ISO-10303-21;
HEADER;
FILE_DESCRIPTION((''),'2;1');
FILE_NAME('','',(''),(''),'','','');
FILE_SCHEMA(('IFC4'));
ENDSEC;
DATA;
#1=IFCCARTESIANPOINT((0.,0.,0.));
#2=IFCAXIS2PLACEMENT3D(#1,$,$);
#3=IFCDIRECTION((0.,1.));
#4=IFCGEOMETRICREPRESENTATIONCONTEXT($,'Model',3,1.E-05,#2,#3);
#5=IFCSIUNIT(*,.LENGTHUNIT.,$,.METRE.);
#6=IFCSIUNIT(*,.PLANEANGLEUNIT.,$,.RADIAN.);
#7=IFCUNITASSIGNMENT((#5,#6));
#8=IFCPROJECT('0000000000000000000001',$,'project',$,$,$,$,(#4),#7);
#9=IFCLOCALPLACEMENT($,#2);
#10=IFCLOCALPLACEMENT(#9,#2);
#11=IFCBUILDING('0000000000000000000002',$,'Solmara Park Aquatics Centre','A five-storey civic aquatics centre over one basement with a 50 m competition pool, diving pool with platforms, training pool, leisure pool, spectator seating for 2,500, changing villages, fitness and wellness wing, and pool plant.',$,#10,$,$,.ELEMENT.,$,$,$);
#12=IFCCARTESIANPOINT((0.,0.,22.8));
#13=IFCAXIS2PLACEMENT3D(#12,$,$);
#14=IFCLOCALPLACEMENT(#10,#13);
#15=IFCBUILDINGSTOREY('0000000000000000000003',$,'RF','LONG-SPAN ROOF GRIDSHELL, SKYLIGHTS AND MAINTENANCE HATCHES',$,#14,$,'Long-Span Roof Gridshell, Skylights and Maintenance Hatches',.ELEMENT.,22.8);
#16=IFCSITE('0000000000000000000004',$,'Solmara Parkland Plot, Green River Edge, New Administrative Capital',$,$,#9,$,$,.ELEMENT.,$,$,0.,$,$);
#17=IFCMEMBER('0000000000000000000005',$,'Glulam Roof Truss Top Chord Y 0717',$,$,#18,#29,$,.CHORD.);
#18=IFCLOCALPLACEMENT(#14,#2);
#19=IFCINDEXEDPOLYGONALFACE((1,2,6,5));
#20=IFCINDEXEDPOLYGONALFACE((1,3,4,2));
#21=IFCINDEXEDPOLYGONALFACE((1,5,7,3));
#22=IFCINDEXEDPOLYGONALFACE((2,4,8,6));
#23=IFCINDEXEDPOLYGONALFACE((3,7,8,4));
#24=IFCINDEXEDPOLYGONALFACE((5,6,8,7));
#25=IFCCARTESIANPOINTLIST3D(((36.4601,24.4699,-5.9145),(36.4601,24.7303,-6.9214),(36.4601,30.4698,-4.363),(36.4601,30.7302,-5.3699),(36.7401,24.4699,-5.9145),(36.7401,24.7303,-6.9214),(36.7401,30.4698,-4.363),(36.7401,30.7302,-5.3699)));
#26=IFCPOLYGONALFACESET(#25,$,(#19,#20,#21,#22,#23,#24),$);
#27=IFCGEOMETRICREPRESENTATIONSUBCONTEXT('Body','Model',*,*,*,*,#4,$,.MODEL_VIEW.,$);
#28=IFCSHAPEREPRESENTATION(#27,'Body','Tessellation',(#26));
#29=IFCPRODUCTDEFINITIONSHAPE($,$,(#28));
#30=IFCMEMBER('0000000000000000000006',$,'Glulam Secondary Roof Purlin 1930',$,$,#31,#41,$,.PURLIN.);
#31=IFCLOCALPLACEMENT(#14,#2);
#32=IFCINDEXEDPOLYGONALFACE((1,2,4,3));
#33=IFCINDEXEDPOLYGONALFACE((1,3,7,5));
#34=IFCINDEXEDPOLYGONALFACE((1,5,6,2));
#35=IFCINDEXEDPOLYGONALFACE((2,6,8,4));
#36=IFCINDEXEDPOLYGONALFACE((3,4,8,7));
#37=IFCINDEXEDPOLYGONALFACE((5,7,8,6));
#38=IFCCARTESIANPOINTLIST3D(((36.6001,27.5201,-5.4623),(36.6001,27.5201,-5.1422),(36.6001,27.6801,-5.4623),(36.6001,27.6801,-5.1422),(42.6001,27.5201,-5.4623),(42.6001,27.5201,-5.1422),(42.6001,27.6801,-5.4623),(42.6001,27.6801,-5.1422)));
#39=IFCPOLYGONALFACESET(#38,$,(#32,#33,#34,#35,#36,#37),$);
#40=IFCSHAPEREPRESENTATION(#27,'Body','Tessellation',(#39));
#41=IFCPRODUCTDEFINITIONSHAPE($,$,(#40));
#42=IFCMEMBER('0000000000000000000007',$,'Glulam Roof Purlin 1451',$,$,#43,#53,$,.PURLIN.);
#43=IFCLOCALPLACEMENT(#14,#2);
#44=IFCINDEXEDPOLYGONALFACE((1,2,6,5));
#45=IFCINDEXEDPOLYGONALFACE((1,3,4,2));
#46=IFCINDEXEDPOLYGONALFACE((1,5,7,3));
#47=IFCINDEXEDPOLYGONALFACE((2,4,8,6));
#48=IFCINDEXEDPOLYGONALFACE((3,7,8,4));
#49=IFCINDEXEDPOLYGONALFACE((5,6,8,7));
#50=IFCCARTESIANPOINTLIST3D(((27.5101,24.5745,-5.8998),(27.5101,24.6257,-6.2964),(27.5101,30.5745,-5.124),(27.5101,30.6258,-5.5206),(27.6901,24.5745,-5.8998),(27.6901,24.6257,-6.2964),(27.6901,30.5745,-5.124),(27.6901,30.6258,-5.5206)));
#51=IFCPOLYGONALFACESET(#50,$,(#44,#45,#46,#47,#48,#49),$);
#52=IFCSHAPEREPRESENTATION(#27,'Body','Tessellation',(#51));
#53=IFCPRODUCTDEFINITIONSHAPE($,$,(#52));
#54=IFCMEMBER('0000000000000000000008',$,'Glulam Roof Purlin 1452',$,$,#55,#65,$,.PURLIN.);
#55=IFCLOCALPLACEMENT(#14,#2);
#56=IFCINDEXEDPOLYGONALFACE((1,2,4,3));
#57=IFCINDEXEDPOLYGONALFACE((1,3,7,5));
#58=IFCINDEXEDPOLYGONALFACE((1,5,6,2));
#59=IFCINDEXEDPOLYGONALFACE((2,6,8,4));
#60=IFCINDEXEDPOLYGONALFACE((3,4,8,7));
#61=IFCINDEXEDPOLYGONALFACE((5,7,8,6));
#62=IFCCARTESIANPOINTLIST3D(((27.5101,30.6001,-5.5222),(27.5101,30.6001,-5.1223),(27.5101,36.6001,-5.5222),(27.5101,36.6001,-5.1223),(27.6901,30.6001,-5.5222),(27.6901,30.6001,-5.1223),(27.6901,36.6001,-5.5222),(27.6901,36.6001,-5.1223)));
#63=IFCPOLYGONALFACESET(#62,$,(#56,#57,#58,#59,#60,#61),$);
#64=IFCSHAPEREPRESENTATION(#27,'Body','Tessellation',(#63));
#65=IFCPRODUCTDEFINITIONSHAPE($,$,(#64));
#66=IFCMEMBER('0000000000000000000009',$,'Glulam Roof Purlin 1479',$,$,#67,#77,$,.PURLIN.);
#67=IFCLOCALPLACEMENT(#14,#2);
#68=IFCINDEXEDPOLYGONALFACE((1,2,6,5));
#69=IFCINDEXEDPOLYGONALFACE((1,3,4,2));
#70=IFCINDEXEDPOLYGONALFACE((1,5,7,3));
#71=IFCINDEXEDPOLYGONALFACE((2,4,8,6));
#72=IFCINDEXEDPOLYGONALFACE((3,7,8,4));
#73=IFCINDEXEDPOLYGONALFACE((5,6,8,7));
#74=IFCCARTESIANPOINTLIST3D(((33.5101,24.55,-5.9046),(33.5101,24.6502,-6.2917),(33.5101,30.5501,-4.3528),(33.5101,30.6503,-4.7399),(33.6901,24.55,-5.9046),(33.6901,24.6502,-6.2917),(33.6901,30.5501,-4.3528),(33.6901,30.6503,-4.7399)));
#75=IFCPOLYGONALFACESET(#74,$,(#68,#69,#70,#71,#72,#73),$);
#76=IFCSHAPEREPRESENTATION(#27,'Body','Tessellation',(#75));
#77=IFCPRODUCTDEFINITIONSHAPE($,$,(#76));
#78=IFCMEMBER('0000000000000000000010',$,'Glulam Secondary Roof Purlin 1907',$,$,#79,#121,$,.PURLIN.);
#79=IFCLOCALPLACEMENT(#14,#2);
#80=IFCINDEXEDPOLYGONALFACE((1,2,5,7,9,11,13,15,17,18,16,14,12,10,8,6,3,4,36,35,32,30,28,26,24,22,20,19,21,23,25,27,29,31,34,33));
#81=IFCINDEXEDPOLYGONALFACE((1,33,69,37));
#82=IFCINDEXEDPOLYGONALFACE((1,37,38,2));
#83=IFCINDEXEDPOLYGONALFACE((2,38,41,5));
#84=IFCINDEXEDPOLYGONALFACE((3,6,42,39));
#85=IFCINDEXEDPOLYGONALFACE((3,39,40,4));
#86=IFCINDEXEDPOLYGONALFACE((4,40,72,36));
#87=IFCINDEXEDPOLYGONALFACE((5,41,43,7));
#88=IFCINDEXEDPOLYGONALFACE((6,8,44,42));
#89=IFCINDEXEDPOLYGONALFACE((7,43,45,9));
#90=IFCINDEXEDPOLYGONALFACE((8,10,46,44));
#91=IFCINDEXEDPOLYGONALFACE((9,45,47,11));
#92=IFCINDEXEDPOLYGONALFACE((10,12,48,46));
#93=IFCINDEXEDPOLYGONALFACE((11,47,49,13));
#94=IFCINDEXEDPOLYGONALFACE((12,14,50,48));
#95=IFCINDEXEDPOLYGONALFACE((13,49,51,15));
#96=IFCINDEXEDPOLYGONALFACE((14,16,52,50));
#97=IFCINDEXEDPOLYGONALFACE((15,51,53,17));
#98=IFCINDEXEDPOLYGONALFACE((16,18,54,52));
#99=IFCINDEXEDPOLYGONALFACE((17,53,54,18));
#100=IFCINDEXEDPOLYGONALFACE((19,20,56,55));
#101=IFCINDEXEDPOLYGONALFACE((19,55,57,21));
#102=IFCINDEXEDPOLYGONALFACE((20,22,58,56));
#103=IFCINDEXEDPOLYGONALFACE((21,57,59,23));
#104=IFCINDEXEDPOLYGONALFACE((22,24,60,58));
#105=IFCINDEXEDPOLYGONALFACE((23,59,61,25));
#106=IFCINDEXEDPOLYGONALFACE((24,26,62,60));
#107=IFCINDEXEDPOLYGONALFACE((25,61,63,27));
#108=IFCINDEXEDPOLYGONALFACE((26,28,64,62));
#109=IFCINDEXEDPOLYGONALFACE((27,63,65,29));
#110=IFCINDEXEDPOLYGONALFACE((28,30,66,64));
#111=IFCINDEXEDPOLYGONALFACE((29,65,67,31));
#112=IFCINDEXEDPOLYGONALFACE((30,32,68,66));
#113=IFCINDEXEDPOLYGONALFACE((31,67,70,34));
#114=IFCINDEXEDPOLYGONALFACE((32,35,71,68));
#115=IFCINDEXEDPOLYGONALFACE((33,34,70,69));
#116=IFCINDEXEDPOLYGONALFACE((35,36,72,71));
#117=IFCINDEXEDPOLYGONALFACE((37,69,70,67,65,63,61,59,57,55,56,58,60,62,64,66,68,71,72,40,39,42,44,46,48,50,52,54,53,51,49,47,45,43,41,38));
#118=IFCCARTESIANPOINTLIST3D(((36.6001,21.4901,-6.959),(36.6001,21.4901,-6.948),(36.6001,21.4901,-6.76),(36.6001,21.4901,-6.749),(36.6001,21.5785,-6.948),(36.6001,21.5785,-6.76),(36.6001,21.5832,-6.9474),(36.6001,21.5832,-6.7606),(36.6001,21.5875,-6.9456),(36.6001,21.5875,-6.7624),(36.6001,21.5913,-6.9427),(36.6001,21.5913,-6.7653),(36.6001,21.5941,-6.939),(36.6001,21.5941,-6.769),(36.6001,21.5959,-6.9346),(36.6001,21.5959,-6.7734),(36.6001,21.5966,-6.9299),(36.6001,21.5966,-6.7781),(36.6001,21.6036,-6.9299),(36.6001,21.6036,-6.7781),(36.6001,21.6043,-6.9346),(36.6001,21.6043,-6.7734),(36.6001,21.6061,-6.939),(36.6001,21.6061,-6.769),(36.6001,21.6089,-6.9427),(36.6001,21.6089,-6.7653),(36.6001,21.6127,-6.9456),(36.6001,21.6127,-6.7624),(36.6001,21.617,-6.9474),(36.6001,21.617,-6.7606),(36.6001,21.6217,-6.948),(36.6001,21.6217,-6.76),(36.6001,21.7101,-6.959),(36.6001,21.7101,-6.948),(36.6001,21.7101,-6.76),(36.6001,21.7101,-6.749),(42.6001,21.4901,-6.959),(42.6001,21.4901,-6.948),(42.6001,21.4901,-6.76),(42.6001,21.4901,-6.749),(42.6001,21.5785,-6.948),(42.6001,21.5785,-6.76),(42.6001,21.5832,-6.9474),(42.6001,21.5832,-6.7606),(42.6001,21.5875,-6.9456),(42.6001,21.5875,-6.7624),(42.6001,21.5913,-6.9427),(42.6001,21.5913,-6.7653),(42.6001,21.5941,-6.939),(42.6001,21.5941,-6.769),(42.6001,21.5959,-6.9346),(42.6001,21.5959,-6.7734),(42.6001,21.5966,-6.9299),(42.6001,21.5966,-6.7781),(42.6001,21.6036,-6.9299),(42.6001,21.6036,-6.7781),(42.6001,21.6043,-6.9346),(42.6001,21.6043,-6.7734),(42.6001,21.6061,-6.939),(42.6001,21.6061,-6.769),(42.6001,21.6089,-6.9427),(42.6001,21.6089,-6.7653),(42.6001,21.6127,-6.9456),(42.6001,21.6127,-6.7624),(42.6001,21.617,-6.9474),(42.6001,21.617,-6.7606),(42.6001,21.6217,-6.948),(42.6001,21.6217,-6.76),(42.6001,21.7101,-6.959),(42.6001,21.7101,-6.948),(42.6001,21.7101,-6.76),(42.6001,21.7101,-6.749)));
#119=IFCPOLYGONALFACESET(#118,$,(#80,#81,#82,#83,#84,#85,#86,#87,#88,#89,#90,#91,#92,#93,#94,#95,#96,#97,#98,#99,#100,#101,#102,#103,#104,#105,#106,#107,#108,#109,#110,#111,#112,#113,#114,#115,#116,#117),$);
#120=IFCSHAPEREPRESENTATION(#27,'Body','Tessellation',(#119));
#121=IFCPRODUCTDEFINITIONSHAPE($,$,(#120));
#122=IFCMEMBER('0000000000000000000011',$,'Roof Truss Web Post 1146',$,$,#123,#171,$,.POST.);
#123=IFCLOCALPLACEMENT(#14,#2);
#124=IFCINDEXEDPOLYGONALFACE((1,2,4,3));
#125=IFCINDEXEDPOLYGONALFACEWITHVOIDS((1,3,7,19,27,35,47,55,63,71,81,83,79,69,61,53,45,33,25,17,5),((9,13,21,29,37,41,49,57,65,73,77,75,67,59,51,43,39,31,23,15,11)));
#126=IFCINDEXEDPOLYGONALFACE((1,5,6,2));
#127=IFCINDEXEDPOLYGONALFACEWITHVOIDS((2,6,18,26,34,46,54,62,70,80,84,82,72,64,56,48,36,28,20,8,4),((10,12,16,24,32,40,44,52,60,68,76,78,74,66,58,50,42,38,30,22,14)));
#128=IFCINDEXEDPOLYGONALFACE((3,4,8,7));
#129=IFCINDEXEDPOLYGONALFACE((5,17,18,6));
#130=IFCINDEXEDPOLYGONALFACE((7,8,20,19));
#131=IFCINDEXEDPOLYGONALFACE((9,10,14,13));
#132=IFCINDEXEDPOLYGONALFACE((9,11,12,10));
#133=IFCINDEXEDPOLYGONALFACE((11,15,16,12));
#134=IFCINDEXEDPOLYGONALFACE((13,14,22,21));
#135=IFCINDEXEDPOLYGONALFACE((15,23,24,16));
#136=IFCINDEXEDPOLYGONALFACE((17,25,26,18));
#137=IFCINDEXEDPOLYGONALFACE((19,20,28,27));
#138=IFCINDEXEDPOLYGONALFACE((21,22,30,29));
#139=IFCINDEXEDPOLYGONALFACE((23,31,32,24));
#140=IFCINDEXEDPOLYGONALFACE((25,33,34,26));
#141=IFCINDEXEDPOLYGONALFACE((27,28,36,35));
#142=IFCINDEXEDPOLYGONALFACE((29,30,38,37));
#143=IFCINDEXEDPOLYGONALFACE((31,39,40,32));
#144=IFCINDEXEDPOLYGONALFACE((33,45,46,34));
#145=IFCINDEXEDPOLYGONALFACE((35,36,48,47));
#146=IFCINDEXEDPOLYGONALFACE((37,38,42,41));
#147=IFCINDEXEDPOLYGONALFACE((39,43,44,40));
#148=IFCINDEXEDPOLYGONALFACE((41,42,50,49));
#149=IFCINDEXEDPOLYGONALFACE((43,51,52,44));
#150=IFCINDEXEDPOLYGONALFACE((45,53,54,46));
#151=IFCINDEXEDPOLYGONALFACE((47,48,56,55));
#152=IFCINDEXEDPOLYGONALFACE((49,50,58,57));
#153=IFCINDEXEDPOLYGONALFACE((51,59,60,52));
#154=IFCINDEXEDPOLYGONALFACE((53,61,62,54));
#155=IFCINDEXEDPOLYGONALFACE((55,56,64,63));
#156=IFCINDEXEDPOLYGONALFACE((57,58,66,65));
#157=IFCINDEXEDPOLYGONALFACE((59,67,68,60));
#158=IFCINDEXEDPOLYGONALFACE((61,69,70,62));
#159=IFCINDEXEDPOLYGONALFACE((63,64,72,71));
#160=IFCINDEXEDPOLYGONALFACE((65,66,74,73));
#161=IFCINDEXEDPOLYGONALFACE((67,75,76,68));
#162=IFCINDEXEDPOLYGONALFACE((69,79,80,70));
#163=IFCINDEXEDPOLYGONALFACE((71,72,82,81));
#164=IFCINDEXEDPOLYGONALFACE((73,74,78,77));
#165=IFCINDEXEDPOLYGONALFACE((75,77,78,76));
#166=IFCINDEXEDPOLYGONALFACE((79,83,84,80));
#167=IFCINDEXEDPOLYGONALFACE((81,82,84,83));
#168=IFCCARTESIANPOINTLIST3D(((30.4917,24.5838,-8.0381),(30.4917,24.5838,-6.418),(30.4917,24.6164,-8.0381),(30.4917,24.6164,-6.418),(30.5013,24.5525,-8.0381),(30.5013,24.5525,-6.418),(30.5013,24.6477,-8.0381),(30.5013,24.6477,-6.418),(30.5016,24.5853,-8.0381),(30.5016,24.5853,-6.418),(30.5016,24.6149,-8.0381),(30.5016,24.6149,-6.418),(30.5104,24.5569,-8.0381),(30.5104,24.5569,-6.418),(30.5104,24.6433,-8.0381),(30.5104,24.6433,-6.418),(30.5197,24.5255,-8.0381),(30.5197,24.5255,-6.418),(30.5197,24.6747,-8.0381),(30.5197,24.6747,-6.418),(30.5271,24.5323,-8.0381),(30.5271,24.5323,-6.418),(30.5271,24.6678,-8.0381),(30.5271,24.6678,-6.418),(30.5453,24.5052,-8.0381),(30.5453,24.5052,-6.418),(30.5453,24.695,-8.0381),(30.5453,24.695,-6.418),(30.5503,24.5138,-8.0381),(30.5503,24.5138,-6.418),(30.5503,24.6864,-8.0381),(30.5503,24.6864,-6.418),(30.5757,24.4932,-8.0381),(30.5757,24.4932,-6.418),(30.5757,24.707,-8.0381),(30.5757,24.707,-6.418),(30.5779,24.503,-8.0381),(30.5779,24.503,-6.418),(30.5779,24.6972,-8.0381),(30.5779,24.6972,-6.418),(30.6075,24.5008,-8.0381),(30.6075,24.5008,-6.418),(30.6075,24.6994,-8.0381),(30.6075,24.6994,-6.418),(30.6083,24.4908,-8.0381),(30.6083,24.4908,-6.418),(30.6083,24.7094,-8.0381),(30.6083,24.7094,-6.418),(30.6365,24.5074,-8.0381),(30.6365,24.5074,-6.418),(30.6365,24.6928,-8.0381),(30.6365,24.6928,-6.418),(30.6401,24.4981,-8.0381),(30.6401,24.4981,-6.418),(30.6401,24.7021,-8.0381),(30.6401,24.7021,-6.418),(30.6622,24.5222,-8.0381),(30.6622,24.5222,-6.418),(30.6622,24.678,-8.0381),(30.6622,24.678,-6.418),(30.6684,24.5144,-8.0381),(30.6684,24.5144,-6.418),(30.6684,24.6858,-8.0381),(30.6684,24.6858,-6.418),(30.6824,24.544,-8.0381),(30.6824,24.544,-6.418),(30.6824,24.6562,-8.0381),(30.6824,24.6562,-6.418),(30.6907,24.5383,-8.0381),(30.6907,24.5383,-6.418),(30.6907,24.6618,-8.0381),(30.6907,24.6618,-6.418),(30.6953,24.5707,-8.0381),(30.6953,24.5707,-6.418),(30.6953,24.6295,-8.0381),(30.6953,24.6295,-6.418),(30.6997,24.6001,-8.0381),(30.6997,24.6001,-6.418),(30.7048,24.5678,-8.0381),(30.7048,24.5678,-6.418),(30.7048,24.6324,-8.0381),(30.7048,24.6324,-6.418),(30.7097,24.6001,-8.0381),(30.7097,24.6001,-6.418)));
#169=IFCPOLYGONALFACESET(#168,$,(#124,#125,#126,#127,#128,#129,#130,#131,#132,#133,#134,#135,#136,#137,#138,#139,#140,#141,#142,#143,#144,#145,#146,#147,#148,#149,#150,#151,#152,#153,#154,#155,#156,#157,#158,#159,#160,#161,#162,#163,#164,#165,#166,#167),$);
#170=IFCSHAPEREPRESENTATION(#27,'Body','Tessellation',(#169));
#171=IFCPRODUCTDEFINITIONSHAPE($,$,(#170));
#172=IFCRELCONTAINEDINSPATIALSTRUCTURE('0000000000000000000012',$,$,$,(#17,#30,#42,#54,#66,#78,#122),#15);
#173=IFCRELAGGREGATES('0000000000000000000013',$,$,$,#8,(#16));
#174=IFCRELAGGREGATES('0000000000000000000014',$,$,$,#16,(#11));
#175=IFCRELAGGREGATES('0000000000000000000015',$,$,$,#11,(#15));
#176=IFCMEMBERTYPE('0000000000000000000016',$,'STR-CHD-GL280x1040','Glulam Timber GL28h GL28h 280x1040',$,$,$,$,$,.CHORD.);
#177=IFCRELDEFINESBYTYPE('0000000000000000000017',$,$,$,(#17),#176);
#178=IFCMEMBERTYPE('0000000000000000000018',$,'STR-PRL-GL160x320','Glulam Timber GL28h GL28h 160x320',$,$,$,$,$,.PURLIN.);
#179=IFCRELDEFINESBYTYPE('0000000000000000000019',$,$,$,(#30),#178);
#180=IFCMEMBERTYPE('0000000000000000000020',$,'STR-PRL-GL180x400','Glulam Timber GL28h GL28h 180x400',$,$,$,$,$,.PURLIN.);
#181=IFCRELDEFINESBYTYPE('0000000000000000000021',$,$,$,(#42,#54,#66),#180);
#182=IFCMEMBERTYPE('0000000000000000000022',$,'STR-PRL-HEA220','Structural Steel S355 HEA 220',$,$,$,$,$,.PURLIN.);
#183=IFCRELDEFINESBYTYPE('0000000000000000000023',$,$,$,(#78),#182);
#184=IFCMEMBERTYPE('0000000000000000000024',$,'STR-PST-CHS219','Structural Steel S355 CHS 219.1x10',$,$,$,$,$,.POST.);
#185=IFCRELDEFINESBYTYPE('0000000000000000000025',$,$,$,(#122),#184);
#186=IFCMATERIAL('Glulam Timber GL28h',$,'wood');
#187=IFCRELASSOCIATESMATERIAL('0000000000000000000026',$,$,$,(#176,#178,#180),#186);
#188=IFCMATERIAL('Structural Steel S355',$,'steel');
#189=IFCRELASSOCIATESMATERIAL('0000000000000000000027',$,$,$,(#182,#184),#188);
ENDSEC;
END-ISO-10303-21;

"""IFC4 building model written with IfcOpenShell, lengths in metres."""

from ifc_helpers import new_model, si_unit, direction, frame, origin, origin_2d, place, context, subcontext, project, spatial, rectangle, hollow_circle, i_section, extrude, material, material_profile, profile_set, type_object, element, save


model = new_model("IFC4")

# Units and contexts
model_context = context("Model", 3, precision=1e-05, world=origin(), true_north=direction((0.0, 1.0)))
body_context = subcontext(model_context, "Body", "Model", "MODEL_VIEW")
ifc_project = project(units=[si_unit("LENGTHUNIT", "METRE"), si_unit("PLANEANGLEUNIT", "RADIAN")], contexts=[model_context])

# Site, building, storey
site_placement = place(None, origin())
site = spatial("IfcSite", under=ifc_project, at=site_placement, Name="Solmara Parkland Plot, Green River Edge, New Administrative Capital", CompositionType="ELEMENT", RefElevation=0.0)
building_placement = place(site_placement, origin())
building = spatial("IfcBuilding", under=site, at=building_placement, Name="Solmara Park Aquatics Centre", Description="A five-storey civic aquatics centre over one basement with a 50 m competition pool, diving pool with platforms, training pool, leisure pool, spectator seating for 2,500, changing villages, fitness and wellness wing, and pool plant.", CompositionType="ELEMENT")
storey_placement = place(building_placement, frame((0.0, 0.0, 22.8)))
storey = spatial("IfcBuildingStorey", under=building, at=storey_placement, Name="RF", Description="LONG-SPAN ROOF GRIDSHELL, SKYLIGHTS AND MAINTENANCE HATCHES", LongName="Long-Span Roof Gridshell, Skylights and Maintenance Hatches", CompositionType="ELEMENT", Elevation=22.8)

# Members
ifc_material_1 = material(Name="Structural Steel S355", Category="steel")
ifc_material_2 = material(Name="Glulam Timber GL28h", Category="wood")
ifc_material_profile_1 = material_profile(ifc_material_2, rectangle(XDim=0.28, YDim=1.04, at=origin_2d()), Name="GL28h 280x1040")
ifc_profile_set_1 = profile_set([ifc_material_profile_1], Name="Glulam Timber GL28h")
member_type_1 = type_object("IfcMemberType", Name="STR-CHD-GL280x1040", Description="Glulam Timber GL28h GL28h 280x1040", PredefinedType="CHORD", material=ifc_profile_set_1)
member_1_placement = place(storey_placement, frame((36.6001, 24.6001, -6.418), z_axis=(0.0, 0.968155, 0.250351), x_axis=(-1.0, 0.0, 0.0)))
element("IfcMember", 1, at=member_1_placement, inside=storey, type_object=member_type_1, Name="Glulam Roof Truss Top Chord Y 0717", PredefinedType="CHORD", context=body_context, shape_type="SweptSolid", body=[
    extrude(rectangle(XDim=0.28, YDim=1.04, at=origin_2d()), origin(), (0.0, 0.0, 1.0), 6.1973),
])
ifc_material_profile_2 = material_profile(ifc_material_2, rectangle(XDim=0.1599, YDim=0.3201, at=origin_2d()), Name="GL28h 160x320")
ifc_profile_set_2 = profile_set([ifc_material_profile_2], Name="Glulam Timber GL28h")
member_type_2 = type_object("IfcMemberType", Name="STR-PRL-GL160x320", Description="Glulam Timber GL28h GL28h 160x320", PredefinedType="PURLIN", material=ifc_profile_set_2)
member_2_placement = place(storey_placement, frame((36.6001, 27.6001, -5.3022), z_axis=(1.0, 0.0, 0.0), x_axis=(0.0, 1.0, 0.0)))
element("IfcMember", 2, at=member_2_placement, inside=storey, type_object=member_type_2, Name="Glulam Secondary Roof Purlin 1930", PredefinedType="PURLIN", context=body_context, shape_type="SweptSolid", body=[
    extrude(rectangle(XDim=0.1599, YDim=0.3201, at=origin_2d()), origin(), (0.0, 0.0, 1.0), 6.0),
])
ifc_material_profile_3 = material_profile(ifc_material_2, rectangle(XDim=0.1799, YDim=0.3999, at=origin_2d()), Name="GL28h 180x400")
ifc_profile_set_3 = profile_set([ifc_material_profile_3], Name="Glulam Timber GL28h")
member_type_3 = type_object("IfcMemberType", Name="STR-PRL-GL180x400", Description="Glulam Timber GL28h GL28h 180x400", PredefinedType="PURLIN", material=ifc_profile_set_3)
member_3_placement = place(storey_placement, frame((27.6001, 24.6001, -6.0981), z_axis=(0.0, 0.991742, 0.128245), x_axis=(-1.0, 0.0, 0.0)))
element("IfcMember", 3, at=member_3_placement, inside=storey, type_object=member_type_3, Name="Glulam Roof Purlin 1451", PredefinedType="PURLIN", context=body_context, shape_type="SweptSolid", body=[
    extrude(rectangle(XDim=0.1799, YDim=0.3999, at=origin_2d()), origin(), (0.0, 0.0, 1.0), 6.05),
])
member_4_placement = place(storey_placement, frame((27.6001, 30.6001, -5.3223), z_axis=(0.0, 1.0, 0.0), x_axis=(-1.0, 0.0, 0.0)))
element("IfcMember", 4, at=member_4_placement, inside=storey, type_object=member_type_3, Name="Glulam Roof Purlin 1452", PredefinedType="PURLIN", context=body_context, shape_type="SweptSolid", body=[
    extrude(rectangle(XDim=0.1799, YDim=0.3999, at=origin_2d()), origin(), (0.0, 0.0, 1.0), 6.0),
])
member_5_placement = place(storey_placement, frame((33.6001, 24.6001, -6.0981), z_axis=(0.0, 0.968146, 0.250388), x_axis=(-1.0, 0.0, 0.0)))
element("IfcMember", 5, at=member_5_placement, inside=storey, type_object=member_type_3, Name="Glulam Roof Purlin 1479", PredefinedType="PURLIN", context=body_context, shape_type="SweptSolid", body=[
    extrude(rectangle(XDim=0.1799, YDim=0.3999, at=origin_2d()), origin(), (0.0, 0.0, 1.0), 6.1975),
])
ifc_material_profile_4 = material_profile(ifc_material_1, i_section(OverallWidth=0.22, OverallDepth=0.21, WebThickness=0.0071, FlangeThickness=0.011, FilletRadius=0.0181, at=origin_2d()), Name="HEA 220")
ifc_profile_set_4 = profile_set([ifc_material_profile_4], Name="Structural Steel S355")
member_type_4 = type_object("IfcMemberType", Name="STR-PRL-HEA220", Description="Structural Steel S355 HEA 220", PredefinedType="PURLIN", material=ifc_profile_set_4)
member_6_placement = place(storey_placement, frame((36.6001, 21.6001, -6.854), z_axis=(1.0, 0.0, 0.0), x_axis=(0.0, 1.0, 0.0)))
element("IfcMember", 6, at=member_6_placement, inside=storey, type_object=member_type_4, Name="Glulam Secondary Roof Purlin 1907", PredefinedType="PURLIN", context=body_context, shape_type="SweptSolid", body=[
    extrude(i_section(OverallWidth=0.22, OverallDepth=0.21, WebThickness=0.0071, FlangeThickness=0.011, FilletRadius=0.0181, at=origin_2d()), origin(), (0.0, 0.0, 1.0), 6.0),
])
ifc_material_profile_5 = material_profile(ifc_material_1, hollow_circle(Radius=0.1096, WallThickness=0.01, at=origin_2d()), Name="CHS 219.1x10")
ifc_profile_set_5 = profile_set([ifc_material_profile_5], Name="Structural Steel S355")
member_type_5 = type_object("IfcMemberType", Name="STR-PST-CHS219", Description="Structural Steel S355 CHS 219.1x10", PredefinedType="POST", material=ifc_profile_set_5)
for number, where, z_axis, x_axis, name in (
    (7, (30.6001, 24.6001, -8.0381), (0.0, 0.0, 1.0), (1.0, 0.0, 0.0), "Roof Truss Web Post 1146"),
):
    element("IfcMember", number, at=place(storey_placement, frame(where, z_axis=z_axis, x_axis=x_axis)), inside=storey, type_object=member_type_5, Name=name, PredefinedType="POST", context=body_context, shape_type="SweptSolid", body=[
        extrude(hollow_circle(Radius=0.1096, WallThickness=0.01, at=origin_2d()), origin(), (0.0, 0.0, 1.0), 1.6201),
    ])

save(model, "model.ifc")
